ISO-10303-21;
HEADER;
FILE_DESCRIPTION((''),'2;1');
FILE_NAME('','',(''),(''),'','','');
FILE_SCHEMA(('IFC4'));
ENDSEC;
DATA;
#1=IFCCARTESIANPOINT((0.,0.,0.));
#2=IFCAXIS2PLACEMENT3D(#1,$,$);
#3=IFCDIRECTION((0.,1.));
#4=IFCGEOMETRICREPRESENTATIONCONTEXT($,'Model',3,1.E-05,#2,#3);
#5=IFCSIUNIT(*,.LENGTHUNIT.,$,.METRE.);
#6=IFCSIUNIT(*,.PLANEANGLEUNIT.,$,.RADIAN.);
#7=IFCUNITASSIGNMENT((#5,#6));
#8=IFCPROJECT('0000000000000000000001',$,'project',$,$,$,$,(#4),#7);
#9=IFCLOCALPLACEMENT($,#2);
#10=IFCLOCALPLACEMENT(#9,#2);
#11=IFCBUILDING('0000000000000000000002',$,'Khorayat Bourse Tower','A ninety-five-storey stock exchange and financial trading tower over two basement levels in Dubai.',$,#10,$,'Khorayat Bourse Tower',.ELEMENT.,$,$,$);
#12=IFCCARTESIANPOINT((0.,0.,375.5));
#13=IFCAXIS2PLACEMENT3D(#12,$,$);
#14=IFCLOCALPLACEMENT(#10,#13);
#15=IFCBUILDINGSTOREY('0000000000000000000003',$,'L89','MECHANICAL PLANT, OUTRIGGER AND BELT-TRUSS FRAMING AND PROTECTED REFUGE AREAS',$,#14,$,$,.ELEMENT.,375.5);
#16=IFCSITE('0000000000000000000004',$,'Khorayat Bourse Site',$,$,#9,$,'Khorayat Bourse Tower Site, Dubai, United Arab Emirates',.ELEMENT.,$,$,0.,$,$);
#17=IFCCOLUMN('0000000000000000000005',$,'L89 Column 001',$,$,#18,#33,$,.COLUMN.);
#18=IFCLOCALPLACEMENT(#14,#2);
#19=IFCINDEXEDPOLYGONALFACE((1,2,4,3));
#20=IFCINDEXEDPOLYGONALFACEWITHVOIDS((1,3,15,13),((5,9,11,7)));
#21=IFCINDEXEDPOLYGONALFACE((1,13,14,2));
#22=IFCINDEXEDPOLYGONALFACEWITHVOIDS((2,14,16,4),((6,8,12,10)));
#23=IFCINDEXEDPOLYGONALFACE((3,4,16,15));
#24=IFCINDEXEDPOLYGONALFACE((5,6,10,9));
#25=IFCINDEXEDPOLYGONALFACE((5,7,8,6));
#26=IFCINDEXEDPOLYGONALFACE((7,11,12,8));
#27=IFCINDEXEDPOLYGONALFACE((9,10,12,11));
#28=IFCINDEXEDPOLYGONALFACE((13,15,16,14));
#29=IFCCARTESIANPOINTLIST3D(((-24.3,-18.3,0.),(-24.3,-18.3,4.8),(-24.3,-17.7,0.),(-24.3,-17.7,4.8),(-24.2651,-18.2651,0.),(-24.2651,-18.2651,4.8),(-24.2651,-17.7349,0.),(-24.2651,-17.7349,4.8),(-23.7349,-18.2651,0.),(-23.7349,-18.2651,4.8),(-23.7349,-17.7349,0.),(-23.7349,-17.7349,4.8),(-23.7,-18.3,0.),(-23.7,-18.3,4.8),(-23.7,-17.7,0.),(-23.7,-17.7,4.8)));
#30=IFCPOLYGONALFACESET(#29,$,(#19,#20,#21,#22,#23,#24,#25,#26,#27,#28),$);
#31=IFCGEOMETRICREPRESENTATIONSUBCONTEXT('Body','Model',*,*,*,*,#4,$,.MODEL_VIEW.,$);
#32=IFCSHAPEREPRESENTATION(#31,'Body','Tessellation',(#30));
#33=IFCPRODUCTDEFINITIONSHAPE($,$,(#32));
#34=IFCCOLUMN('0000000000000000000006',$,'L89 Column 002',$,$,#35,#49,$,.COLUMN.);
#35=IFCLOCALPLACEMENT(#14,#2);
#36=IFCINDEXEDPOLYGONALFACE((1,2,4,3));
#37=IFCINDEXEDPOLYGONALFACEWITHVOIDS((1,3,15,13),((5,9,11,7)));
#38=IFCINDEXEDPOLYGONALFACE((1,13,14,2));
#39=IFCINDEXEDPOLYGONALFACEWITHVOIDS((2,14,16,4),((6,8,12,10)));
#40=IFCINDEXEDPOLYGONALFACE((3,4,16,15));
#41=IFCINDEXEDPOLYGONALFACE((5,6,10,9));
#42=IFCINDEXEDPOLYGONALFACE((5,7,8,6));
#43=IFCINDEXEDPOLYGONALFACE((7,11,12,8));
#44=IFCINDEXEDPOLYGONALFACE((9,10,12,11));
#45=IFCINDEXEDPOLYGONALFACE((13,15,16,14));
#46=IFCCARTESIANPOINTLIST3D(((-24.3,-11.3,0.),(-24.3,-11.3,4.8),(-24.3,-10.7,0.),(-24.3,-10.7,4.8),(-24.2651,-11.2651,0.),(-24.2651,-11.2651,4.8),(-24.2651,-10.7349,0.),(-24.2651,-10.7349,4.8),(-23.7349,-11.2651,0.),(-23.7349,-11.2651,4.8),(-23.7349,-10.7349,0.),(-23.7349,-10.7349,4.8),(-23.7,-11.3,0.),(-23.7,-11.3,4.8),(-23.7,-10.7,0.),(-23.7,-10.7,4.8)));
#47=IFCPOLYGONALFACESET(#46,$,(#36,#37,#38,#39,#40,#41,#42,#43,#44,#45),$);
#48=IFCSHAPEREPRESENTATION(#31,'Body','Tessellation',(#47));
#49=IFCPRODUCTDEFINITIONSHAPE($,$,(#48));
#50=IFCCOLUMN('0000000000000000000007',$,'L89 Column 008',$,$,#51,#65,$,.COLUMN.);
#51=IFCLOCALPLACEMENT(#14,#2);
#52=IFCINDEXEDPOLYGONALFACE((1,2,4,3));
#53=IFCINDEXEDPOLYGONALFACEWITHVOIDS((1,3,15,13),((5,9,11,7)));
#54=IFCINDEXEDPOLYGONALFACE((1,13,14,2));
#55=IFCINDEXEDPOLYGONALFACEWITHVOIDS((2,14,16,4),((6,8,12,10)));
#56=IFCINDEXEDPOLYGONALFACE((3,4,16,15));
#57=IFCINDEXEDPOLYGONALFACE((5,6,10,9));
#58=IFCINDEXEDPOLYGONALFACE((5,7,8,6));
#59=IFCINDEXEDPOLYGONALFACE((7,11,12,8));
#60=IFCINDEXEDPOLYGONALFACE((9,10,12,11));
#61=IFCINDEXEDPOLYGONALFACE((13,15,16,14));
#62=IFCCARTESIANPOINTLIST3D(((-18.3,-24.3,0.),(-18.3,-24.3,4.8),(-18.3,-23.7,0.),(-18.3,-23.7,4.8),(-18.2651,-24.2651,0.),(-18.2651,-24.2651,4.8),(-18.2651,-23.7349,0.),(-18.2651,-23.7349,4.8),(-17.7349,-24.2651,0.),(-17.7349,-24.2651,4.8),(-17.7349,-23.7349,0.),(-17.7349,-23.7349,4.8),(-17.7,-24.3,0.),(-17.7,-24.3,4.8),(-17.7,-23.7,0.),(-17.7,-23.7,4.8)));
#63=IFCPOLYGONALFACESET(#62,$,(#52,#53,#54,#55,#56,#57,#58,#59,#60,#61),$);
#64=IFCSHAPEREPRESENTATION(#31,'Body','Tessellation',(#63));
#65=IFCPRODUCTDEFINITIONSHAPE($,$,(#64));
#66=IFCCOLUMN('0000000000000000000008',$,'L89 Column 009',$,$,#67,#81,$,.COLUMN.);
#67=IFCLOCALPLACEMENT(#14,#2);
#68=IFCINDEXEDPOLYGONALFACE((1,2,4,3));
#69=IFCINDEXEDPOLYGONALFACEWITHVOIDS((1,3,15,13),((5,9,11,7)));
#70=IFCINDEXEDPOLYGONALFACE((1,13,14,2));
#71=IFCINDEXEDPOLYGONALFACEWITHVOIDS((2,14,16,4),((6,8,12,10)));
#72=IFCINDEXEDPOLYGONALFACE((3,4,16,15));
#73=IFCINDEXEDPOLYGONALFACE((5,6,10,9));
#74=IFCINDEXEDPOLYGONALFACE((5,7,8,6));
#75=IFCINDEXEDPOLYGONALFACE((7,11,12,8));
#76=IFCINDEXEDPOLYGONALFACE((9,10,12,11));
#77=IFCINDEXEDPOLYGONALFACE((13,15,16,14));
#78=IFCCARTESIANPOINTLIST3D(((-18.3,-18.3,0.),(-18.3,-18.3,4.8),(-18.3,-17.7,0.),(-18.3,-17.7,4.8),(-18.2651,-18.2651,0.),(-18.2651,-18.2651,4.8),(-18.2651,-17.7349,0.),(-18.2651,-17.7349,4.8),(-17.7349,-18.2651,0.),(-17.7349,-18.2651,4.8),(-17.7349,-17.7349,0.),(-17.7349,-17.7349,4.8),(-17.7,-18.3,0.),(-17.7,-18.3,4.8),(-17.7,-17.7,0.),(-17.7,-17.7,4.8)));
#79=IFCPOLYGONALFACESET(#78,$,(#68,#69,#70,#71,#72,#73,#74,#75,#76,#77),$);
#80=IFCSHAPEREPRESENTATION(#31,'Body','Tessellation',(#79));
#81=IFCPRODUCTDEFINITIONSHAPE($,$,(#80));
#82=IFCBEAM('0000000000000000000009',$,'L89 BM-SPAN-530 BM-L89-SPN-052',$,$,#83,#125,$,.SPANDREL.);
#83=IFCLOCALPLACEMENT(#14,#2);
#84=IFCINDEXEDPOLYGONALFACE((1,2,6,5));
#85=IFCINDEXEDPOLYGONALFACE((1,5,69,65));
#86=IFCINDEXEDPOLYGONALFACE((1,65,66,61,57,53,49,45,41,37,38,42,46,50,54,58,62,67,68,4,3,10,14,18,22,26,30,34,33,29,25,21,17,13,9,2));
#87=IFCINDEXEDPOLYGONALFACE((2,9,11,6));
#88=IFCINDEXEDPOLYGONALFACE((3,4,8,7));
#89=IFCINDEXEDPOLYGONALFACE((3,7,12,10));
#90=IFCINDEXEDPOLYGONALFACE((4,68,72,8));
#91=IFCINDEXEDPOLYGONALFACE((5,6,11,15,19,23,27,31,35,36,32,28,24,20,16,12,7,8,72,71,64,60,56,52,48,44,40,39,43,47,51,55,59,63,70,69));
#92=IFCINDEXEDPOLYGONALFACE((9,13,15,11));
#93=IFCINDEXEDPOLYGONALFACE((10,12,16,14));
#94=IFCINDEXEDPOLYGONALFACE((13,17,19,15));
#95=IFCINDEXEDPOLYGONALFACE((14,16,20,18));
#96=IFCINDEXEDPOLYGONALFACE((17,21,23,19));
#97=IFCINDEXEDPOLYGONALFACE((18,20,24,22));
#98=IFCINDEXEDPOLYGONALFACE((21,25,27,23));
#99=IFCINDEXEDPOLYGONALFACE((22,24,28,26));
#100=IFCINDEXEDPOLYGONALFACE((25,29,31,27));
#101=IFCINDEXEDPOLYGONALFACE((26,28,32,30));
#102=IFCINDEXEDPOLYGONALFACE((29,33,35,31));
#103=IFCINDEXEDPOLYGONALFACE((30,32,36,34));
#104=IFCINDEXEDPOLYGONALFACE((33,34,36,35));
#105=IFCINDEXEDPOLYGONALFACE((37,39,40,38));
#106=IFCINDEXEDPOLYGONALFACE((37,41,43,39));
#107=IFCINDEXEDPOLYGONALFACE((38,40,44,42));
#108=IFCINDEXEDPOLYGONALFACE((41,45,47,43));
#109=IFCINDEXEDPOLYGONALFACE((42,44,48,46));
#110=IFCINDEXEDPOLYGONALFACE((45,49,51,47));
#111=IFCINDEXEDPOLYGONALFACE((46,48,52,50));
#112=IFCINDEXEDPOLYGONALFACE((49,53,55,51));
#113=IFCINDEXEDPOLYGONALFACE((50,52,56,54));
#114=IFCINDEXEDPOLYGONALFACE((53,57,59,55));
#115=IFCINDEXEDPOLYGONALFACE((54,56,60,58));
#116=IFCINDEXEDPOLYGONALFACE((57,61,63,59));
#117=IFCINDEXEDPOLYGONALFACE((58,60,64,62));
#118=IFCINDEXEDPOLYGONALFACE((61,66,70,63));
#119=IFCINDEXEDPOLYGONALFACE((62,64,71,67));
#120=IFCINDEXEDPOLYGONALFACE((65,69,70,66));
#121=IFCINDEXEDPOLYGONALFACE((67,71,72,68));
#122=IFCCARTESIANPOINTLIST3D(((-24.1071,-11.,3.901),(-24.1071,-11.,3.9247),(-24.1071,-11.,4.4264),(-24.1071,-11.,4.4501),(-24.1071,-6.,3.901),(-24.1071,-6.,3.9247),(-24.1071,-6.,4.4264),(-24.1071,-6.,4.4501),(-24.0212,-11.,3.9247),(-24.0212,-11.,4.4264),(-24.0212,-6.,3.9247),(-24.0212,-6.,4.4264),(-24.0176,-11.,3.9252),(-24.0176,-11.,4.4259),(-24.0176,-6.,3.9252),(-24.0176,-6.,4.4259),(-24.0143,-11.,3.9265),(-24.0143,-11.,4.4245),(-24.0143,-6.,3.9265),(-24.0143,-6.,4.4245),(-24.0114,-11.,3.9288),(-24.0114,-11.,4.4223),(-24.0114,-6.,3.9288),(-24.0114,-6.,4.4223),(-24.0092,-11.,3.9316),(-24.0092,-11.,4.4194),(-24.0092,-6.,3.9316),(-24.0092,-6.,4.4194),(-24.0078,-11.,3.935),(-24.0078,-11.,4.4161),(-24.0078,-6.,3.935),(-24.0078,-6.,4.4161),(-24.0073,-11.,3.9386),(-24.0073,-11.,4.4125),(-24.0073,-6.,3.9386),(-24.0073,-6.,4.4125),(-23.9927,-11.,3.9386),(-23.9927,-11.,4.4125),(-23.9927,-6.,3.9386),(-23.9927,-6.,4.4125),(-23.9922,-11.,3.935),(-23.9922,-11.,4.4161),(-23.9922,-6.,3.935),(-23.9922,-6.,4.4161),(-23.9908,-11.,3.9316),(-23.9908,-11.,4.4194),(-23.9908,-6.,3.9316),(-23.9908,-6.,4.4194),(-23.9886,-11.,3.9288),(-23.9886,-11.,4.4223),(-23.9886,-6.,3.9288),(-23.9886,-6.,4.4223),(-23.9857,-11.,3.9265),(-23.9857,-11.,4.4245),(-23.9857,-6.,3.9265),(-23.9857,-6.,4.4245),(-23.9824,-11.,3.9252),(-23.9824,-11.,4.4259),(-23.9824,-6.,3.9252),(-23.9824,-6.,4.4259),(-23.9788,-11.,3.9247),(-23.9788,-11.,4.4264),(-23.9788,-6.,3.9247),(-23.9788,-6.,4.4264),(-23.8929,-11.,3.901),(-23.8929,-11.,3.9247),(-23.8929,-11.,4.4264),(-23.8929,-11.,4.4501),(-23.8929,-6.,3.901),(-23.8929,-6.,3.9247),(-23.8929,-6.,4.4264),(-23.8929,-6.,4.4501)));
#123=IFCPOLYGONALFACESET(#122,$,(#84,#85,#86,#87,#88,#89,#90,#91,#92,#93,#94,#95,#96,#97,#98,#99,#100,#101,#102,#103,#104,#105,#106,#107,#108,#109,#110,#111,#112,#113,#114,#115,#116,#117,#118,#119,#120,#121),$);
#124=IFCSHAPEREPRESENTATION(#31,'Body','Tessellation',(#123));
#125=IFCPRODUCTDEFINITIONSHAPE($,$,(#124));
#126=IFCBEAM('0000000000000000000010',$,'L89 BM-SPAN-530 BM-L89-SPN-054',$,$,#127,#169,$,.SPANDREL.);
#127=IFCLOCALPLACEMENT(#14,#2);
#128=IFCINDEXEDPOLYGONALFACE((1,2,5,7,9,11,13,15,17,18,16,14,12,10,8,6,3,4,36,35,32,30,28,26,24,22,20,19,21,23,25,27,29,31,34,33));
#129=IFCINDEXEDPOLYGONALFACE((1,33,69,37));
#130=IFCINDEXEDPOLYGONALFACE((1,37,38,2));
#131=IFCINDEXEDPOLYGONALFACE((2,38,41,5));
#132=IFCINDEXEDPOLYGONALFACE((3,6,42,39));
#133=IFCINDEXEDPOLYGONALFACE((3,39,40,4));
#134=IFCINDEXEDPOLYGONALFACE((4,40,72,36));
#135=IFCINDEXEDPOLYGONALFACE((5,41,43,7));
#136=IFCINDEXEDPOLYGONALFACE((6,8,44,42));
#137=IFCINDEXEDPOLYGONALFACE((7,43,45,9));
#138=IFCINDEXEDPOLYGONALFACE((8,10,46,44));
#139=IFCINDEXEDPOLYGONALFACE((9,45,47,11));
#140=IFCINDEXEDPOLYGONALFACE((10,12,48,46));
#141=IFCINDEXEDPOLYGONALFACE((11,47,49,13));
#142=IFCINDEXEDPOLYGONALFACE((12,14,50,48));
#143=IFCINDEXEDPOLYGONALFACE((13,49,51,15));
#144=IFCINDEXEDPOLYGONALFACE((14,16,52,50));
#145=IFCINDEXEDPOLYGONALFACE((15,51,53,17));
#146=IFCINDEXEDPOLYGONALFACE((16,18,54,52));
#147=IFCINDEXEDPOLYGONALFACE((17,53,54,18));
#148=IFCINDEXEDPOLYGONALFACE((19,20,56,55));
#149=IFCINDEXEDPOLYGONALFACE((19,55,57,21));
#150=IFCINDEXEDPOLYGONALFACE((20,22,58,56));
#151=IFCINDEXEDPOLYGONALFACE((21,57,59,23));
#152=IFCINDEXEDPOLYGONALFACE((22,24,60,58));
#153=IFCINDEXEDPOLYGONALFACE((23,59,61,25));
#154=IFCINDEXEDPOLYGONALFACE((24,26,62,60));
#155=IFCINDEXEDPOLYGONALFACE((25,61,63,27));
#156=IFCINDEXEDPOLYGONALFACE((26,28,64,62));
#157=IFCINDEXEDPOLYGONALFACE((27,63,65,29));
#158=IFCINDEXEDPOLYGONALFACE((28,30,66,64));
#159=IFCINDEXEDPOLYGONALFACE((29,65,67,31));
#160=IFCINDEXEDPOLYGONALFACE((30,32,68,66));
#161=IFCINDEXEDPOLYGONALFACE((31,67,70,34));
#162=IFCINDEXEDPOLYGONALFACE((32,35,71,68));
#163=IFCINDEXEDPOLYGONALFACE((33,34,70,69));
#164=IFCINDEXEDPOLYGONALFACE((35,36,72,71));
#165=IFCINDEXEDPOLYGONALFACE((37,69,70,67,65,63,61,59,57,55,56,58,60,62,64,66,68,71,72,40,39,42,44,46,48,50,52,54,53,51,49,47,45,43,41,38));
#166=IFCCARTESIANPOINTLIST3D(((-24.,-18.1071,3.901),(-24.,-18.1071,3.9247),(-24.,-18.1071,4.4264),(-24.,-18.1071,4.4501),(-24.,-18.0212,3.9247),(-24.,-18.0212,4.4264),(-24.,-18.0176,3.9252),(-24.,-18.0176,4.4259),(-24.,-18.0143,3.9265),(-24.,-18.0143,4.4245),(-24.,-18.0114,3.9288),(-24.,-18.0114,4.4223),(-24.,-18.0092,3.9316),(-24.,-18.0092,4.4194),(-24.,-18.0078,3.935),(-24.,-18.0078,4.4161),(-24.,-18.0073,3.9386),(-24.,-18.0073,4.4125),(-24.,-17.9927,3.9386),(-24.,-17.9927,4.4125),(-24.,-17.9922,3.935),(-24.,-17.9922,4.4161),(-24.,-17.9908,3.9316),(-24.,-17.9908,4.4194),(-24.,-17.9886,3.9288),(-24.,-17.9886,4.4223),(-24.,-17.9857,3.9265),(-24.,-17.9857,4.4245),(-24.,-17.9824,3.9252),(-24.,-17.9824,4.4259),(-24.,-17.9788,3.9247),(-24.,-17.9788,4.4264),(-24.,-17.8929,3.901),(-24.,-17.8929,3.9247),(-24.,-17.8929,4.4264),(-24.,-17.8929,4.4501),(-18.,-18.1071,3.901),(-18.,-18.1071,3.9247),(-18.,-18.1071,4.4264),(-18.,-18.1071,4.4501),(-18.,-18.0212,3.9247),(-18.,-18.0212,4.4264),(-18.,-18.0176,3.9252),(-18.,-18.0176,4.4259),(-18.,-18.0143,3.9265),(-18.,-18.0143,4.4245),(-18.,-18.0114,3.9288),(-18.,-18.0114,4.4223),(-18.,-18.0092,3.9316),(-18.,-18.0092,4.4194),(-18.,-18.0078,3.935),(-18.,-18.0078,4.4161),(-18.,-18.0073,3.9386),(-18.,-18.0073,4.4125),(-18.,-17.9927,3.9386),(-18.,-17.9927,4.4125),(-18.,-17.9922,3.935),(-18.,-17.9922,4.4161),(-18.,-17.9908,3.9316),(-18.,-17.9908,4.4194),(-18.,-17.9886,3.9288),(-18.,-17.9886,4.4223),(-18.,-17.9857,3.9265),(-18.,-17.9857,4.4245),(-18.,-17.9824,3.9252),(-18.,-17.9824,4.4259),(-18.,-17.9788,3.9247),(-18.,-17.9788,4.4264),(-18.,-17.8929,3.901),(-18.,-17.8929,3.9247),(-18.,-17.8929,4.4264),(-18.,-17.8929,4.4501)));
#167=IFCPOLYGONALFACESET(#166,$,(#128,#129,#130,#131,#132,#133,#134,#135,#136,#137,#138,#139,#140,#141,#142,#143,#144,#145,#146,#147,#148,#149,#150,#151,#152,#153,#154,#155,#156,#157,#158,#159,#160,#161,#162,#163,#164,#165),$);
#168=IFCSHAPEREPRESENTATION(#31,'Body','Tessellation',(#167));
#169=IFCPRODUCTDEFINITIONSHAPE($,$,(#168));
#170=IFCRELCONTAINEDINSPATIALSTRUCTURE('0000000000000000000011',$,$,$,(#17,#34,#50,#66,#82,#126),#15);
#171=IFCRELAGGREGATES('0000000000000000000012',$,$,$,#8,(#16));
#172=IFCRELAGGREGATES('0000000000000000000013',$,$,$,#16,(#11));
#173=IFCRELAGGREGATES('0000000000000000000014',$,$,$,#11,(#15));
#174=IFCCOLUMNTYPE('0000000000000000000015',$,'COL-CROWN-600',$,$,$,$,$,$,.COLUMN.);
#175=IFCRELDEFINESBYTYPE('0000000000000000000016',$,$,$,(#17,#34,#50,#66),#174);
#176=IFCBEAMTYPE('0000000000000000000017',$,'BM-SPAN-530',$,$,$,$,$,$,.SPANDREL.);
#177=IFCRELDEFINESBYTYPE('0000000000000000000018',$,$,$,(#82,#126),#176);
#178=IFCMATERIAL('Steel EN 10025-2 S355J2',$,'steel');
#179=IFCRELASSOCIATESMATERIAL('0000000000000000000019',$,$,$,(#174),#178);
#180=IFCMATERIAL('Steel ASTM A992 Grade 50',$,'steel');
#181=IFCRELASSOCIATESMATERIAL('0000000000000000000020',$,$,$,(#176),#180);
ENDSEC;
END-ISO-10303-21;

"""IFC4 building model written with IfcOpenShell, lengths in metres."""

from ifc_helpers import new_model, si_unit, direction, frame, origin, origin_2d, place, context, subcontext, project, spatial, hollow_rectangle, i_section, extrude, source, transform, mapped, material, material_profile, profile_set, type_object, element, save


model = new_model("IFC4")

# Units and contexts
model_context = context("Model", 3, precision=1e-05, world=origin(), true_north=direction((0.0, 1.0)))
body_context = subcontext(model_context, "Body", "Model", "MODEL_VIEW")
ifc_project = project(units=[si_unit("LENGTHUNIT", "METRE"), si_unit("PLANEANGLEUNIT", "RADIAN")], contexts=[model_context])

# Site, building, storey
site_placement = place(None, origin())
site = spatial("IfcSite", under=ifc_project, at=site_placement, Name="Khorayat Bourse Site", LongName="Khorayat Bourse Tower Site, Dubai, United Arab Emirates", CompositionType="ELEMENT", RefElevation=0.0)
building_placement = place(site_placement, origin())
building = spatial("IfcBuilding", under=site, at=building_placement, Name="Khorayat Bourse Tower", Description="A ninety-five-storey stock exchange and financial trading tower over two basement levels in Dubai.", LongName="Khorayat Bourse Tower", CompositionType="ELEMENT")
storey_placement = place(building_placement, frame((0.0, 0.0, 375.5)))
storey = spatial("IfcBuildingStorey", under=building, at=storey_placement, Name="L89", Description="MECHANICAL PLANT, OUTRIGGER AND BELT-TRUSS FRAMING AND PROTECTED REFUGE AREAS", CompositionType="ELEMENT", Elevation=375.5)

# Columns
ifc_material_1 = material(Name="Steel EN 10025-2 S355J2", Category="steel")
ifc_material_profile_1 = material_profile(ifc_material_1, hollow_rectangle(XDim=0.6001, YDim=0.6001, WallThickness=0.0349, at=origin_2d()), Name="BOX 600x600x35")
ifc_profile_set_1 = profile_set([ifc_material_profile_1], Name="Steel EN 10025-2 S355J2")
column_type = type_object("IfcColumnType", Name="COL-CROWN-600", PredefinedType="COLUMN", material=ifc_profile_set_1)
shared_shape_1 = source(origin(), body_context, "Body", "SweptSolid", [
    extrude(hollow_rectangle(XDim=0.6001, YDim=0.6001, WallThickness=0.0349, at=origin_2d()), origin(), (0.0, 0.0, 1.0), 4.8),
])
for number, where, z_axis, x_axis, name in (
    (1, (-24.0, -18.0, 0.0), (0.0, 0.0, 1.0), (1.0, 0.0, 0.0), "L89 Column 001"),
    (2, (-24.0, -11.0, 0.0), (0.0, 0.0, 1.0), (1.0, 0.0, 0.0), "L89 Column 002"),
    (3, (-18.0, -24.0, 0.0), (0.0, 0.0, 1.0), (1.0, 0.0, 0.0), "L89 Column 008"),
    (4, (-18.0, -18.0, 0.0), (0.0, 0.0, 1.0), (1.0, 0.0, 0.0), "L89 Column 009"),
):
    element("IfcColumn", number, at=place(storey_placement, frame(where, z_axis=z_axis, x_axis=x_axis)), inside=storey, type_object=column_type, Name=name, PredefinedType="COLUMN", context=body_context, shape_type="MappedRepresentation", body=[
        mapped(shared_shape_1, transform((0.0, 0.0, 0.0), scale=1.0)),
    ])

# Beams
ifc_material_2 = material(Name="Steel ASTM A992 Grade 50", Category="steel")
ifc_material_profile_2 = material_profile(ifc_material_2, i_section(OverallWidth=0.2141, OverallDepth=0.5491, WebThickness=0.0146, FlangeThickness=0.0237, FilletRadius=0.0139, at=origin_2d()), Name="W530X138")
ifc_profile_set_2 = profile_set([ifc_material_profile_2], Name="Steel ASTM A992 Grade 50")
beam_type_1 = type_object("IfcBeamType", Name="BM-SPAN-530", PredefinedType="SPANDREL", material=ifc_profile_set_2)
shared_shape_2 = source(origin(), body_context, "Body", "SweptSolid", [
    extrude(i_section(OverallWidth=0.2141, OverallDepth=0.5491, WebThickness=0.0146, FlangeThickness=0.0237, FilletRadius=0.0139, at=origin_2d()), origin(), (0.0, 0.0, 1.0), 5.0),
])
beam_1_placement = place(storey_placement, frame((-24.0, -11.0, 4.1755), z_axis=(0.0, 1.0, 0.0), x_axis=(-1.0, 0.0, 0.0)))
element("IfcBeam", 5, at=beam_1_placement, inside=storey, type_object=beam_type_1, Name="L89 BM-SPAN-530 BM-L89-SPN-052", PredefinedType="SPANDREL", context=body_context, shape_type="MappedRepresentation", body=[
    mapped(shared_shape_2, transform((0.0, 0.0, 0.0), scale=1.0)),
])
shared_shape_3 = source(origin(), body_context, "Body", "SweptSolid", [
    extrude(i_section(OverallWidth=0.2141, OverallDepth=0.5491, WebThickness=0.0146, FlangeThickness=0.0237, FilletRadius=0.0139, at=origin_2d()), origin(), (0.0, 0.0, 1.0), 6.0),
])
for number, where, z_axis, x_axis, name in (
    (6, (-24.0, -18.0, 4.1755), (1.0, 0.0, 0.0), (0.0, 1.0, 0.0), "L89 BM-SPAN-530 BM-L89-SPN-054"),
):
    element("IfcBeam", number, at=place(storey_placement, frame(where, z_axis=z_axis, x_axis=x_axis)), inside=storey, type_object=beam_type_1, Name=name, PredefinedType="SPANDREL", context=body_context, shape_type="MappedRepresentation", body=[
        mapped(shared_shape_3, transform((0.0, 0.0, 0.0), scale=1.0)),
    ])

save(model, "model.ifc")
